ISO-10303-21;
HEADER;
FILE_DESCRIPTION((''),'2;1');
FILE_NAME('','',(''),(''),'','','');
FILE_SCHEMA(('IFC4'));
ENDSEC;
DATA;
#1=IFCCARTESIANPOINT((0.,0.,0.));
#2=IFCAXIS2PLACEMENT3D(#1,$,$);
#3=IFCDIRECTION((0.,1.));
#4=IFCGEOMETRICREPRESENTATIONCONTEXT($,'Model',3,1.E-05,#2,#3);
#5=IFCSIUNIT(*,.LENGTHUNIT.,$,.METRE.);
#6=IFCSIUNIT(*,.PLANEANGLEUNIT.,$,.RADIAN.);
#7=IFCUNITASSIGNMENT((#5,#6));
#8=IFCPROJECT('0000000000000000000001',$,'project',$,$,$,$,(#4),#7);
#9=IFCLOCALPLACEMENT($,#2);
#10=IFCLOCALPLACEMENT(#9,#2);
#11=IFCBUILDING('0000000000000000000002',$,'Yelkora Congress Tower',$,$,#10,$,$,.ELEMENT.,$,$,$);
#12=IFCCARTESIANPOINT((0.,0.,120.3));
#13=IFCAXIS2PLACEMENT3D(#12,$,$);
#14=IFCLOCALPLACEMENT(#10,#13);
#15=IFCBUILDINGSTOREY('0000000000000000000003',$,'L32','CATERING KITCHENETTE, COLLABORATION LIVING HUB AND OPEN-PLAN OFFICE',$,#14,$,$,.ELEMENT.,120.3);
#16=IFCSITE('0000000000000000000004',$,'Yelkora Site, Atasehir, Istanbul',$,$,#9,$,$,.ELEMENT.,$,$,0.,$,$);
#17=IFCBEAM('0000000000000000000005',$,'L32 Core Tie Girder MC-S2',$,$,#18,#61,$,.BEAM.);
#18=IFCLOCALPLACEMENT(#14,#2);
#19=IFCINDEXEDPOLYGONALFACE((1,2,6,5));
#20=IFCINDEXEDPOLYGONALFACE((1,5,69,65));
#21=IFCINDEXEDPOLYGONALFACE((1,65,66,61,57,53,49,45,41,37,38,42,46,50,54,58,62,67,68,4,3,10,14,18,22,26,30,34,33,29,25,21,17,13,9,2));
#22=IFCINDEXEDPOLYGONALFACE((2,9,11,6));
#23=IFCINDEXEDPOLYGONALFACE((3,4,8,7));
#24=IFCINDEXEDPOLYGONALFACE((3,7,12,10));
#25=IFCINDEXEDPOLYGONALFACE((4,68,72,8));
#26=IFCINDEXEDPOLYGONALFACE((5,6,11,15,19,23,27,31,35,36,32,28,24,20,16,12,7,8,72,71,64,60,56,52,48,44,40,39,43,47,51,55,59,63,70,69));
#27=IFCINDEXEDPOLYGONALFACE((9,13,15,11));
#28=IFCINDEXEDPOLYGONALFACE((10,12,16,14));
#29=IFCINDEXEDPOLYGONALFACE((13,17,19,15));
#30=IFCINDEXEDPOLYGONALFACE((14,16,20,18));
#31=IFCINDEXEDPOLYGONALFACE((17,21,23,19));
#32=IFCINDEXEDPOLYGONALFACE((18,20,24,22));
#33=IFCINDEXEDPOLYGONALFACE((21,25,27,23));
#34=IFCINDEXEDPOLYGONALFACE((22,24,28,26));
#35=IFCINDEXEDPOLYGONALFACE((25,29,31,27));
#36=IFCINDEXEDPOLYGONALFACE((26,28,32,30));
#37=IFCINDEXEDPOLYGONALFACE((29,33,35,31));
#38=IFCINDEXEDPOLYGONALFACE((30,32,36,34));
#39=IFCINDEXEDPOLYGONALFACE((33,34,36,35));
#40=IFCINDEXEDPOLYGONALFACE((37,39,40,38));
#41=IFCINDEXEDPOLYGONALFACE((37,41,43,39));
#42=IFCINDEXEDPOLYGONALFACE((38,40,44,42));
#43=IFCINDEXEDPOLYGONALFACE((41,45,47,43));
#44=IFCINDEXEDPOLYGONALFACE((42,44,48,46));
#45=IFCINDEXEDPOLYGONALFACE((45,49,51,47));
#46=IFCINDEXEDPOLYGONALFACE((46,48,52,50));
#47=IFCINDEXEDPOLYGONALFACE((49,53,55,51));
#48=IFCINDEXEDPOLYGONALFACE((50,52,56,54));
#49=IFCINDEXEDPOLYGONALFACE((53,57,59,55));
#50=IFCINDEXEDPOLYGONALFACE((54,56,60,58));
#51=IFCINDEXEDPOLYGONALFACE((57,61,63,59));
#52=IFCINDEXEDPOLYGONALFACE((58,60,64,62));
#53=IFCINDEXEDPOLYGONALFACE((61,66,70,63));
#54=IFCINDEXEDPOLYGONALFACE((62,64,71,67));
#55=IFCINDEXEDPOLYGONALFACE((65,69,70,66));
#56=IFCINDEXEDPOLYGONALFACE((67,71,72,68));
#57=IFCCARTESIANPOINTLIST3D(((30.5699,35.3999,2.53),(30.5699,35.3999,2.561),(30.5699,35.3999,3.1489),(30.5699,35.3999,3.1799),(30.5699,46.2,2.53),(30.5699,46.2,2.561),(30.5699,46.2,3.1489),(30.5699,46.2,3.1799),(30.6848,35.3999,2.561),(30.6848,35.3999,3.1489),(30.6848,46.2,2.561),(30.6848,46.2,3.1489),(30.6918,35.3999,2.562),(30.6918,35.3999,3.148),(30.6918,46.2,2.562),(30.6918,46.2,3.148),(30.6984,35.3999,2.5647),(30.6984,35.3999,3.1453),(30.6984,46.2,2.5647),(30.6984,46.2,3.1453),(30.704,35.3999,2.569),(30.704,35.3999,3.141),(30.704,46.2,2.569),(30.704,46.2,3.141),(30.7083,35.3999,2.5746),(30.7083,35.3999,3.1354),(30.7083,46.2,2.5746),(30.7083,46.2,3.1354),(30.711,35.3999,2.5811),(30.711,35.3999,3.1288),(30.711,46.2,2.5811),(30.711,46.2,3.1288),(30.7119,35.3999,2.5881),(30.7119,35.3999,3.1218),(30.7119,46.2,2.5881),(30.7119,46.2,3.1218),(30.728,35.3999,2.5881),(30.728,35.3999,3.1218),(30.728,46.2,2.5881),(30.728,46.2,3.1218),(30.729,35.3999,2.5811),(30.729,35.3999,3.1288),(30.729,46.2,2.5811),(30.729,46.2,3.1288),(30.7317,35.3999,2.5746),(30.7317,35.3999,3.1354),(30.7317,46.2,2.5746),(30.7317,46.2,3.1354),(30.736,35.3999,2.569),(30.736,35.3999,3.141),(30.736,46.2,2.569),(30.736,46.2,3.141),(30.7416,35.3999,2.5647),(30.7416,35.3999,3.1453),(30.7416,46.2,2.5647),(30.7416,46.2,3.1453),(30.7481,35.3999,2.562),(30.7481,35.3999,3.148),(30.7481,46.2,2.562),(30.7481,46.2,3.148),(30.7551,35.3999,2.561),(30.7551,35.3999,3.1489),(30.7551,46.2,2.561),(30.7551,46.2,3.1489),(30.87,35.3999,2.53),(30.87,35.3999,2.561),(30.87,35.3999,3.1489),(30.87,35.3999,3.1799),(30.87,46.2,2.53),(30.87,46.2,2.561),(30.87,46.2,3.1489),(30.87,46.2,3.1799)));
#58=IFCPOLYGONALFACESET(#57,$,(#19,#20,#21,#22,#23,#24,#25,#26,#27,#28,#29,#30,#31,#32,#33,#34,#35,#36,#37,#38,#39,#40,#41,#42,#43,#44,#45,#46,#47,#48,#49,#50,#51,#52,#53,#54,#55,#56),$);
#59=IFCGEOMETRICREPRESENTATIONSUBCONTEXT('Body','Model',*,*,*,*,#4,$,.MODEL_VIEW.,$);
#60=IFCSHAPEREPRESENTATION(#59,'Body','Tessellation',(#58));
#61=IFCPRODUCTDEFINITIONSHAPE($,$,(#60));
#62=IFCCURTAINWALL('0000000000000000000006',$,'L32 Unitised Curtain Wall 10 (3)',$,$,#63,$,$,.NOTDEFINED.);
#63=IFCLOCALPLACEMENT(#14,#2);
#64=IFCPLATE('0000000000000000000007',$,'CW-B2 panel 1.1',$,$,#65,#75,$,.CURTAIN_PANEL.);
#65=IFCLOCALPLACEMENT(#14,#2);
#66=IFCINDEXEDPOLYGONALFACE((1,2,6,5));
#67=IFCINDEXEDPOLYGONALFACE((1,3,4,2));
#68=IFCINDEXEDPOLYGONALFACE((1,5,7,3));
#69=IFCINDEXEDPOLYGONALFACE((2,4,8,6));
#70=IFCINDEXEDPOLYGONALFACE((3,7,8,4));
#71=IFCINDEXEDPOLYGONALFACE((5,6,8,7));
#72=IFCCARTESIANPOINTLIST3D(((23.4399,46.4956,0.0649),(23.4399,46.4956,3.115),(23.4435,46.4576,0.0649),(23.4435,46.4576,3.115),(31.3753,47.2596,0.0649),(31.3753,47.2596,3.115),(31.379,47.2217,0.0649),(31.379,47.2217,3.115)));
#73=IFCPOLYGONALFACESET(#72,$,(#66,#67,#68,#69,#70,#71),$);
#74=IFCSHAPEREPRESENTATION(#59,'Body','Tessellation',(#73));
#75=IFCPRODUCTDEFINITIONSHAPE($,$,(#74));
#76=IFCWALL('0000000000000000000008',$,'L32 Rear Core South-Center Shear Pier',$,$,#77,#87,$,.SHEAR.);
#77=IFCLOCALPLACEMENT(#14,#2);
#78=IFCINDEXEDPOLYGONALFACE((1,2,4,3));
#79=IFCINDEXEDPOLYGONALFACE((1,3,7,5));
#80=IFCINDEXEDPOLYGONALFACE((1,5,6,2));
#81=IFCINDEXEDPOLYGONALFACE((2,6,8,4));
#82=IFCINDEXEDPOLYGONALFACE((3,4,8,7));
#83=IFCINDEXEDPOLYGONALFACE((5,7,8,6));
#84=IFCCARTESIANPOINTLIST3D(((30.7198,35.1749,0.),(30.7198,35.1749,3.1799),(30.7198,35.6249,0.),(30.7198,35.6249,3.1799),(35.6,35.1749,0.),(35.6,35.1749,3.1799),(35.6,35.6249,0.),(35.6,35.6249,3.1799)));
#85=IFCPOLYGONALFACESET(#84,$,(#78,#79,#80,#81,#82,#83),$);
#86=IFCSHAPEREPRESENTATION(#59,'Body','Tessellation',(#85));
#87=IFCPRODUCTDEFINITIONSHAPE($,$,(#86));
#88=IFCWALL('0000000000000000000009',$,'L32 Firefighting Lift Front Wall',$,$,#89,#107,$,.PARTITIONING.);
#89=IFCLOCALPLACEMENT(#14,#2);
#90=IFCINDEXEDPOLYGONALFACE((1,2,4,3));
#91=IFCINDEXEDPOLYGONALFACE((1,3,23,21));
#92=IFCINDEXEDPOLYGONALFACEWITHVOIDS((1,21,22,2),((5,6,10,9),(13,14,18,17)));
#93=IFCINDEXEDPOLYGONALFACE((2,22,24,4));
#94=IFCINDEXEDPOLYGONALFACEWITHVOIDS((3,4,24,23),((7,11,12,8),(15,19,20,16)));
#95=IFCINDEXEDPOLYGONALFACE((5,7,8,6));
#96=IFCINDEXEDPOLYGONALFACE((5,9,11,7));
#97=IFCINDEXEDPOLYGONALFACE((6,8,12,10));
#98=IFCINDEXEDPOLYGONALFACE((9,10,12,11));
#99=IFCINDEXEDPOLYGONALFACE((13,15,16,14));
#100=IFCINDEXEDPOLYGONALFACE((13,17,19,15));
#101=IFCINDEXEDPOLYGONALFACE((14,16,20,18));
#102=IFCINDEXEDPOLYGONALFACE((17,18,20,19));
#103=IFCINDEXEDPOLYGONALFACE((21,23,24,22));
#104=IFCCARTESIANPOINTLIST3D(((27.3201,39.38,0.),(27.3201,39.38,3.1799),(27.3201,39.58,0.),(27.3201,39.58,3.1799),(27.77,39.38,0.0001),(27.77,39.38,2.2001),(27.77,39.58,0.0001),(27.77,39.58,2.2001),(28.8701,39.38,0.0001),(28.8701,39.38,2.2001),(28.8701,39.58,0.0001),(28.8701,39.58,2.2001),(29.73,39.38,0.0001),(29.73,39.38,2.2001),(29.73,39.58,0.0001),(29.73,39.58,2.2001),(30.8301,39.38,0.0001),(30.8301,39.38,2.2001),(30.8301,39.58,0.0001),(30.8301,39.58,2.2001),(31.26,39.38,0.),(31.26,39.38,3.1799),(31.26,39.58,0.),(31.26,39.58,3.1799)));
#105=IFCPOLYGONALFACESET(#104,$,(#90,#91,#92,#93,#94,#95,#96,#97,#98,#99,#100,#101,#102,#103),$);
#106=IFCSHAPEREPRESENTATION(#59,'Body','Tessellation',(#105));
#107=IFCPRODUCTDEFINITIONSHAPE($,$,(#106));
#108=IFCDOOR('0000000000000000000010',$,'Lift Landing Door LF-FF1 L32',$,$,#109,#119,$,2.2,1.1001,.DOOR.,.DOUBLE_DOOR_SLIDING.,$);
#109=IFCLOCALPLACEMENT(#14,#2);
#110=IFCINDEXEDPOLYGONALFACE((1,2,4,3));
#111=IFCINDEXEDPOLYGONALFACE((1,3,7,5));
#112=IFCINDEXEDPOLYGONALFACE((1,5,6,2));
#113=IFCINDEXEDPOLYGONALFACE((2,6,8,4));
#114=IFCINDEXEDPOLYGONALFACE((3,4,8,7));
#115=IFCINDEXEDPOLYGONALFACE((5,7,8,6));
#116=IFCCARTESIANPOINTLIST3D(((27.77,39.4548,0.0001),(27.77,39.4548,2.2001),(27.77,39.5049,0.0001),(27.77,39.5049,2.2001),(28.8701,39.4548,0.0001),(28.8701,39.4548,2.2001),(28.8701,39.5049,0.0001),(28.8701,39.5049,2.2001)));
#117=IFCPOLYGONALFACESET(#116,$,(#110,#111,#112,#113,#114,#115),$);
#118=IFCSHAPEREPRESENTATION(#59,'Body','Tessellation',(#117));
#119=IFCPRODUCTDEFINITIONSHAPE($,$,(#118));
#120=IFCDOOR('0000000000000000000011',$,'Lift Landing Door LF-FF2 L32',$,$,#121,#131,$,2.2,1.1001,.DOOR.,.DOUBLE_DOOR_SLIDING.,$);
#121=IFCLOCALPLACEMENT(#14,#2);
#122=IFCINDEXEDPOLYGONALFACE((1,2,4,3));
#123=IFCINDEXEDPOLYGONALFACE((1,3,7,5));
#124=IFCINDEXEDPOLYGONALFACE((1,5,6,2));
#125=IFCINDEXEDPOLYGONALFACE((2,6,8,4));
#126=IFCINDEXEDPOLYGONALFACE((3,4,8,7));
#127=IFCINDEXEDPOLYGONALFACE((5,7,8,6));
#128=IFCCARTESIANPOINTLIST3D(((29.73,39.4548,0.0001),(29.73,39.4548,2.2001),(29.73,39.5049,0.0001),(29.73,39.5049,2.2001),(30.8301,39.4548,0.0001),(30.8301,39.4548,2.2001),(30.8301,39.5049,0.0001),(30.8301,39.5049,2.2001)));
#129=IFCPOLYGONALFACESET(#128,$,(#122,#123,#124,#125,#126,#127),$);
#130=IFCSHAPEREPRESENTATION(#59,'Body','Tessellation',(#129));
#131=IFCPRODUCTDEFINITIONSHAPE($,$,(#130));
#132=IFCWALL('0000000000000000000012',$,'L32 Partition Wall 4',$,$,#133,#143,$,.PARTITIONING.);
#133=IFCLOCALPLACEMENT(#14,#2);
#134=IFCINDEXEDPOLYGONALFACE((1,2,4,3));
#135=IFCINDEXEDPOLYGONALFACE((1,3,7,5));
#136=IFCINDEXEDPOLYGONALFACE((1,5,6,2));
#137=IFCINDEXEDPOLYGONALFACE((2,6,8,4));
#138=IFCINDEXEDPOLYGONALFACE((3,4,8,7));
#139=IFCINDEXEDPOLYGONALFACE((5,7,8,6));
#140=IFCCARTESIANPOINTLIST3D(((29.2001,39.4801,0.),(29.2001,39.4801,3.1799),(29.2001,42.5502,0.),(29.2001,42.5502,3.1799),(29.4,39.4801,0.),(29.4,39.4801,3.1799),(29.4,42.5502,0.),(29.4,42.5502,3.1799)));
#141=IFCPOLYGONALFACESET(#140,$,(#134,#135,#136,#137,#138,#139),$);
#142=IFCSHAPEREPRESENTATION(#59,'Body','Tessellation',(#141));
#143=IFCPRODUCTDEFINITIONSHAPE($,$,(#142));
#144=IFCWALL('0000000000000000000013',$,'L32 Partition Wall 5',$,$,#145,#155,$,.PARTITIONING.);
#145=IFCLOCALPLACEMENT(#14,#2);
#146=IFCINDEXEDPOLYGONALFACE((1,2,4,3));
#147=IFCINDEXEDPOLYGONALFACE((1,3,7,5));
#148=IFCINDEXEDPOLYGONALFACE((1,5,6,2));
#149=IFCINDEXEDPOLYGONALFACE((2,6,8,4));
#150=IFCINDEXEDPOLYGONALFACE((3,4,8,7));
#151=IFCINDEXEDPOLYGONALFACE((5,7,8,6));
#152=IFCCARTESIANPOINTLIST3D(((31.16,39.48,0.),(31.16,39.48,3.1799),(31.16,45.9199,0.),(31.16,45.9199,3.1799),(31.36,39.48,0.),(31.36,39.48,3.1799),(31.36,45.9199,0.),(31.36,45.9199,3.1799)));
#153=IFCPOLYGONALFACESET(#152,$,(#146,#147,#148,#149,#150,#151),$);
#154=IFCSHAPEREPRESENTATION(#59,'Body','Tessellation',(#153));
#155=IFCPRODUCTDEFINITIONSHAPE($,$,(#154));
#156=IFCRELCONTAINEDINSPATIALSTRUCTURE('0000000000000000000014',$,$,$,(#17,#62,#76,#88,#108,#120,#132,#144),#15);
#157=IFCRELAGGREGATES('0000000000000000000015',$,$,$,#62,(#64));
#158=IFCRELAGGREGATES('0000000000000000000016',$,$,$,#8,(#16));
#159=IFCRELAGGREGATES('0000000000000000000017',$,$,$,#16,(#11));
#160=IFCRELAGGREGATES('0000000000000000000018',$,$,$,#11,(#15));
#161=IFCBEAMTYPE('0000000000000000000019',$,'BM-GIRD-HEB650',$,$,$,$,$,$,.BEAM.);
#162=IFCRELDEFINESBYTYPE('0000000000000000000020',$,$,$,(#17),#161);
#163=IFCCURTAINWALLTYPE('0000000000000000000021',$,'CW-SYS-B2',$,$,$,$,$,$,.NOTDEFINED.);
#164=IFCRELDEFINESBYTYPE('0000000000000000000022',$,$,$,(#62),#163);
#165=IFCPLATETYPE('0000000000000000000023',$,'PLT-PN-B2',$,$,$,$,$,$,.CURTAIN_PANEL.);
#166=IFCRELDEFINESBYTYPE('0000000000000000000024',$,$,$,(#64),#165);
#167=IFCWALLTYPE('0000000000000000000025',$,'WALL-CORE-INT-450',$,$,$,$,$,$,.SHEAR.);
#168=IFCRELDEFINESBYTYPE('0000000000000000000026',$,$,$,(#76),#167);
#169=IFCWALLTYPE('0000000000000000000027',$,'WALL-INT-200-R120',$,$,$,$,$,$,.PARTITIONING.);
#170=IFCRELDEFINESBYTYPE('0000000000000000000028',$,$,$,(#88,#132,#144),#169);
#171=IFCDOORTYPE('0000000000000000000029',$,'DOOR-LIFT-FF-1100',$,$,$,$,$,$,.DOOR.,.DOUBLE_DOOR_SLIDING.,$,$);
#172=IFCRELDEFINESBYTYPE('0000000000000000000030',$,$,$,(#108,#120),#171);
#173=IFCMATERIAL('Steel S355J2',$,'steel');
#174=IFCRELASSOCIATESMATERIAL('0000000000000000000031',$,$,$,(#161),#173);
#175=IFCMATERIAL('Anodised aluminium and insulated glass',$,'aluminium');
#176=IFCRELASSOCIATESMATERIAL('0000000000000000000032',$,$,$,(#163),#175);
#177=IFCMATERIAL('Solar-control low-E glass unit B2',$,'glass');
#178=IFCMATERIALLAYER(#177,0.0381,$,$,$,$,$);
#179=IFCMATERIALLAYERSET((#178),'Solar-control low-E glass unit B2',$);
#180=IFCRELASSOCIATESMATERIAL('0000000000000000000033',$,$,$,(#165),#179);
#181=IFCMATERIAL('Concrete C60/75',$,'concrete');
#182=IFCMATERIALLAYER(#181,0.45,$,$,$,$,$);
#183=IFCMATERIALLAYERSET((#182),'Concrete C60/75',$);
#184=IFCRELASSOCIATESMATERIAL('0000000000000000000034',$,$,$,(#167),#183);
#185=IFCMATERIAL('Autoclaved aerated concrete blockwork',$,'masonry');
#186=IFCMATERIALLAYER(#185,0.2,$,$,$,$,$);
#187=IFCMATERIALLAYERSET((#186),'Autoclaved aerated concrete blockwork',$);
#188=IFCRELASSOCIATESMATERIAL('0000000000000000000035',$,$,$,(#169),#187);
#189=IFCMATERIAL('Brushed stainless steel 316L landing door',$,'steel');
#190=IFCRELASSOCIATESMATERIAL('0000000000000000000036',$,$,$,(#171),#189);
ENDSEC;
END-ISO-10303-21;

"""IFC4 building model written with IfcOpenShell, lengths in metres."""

from ifc_helpers import new_model, si_unit, direction, frame, frame_2d, origin, origin_2d, place, context, subcontext, project, spatial, rectangle, i_section, extrude, material, layer, layer_set, material_profile, profile_set, type_object, element, fill, aggregate, save


model = new_model("IFC4")

# Units and contexts
model_context = context("Model", 3, precision=1e-05, world=origin(), true_north=direction((0.0, 1.0)))
body_context = subcontext(model_context, "Body", "Model", "MODEL_VIEW")
ifc_project = project(units=[si_unit("LENGTHUNIT", "METRE"), si_unit("PLANEANGLEUNIT", "RADIAN")], contexts=[model_context])

# Site, building, storey
site_placement = place(None, origin())
site = spatial("IfcSite", under=ifc_project, at=site_placement, Name="Yelkora Site, Atasehir, Istanbul", CompositionType="ELEMENT", RefElevation=0.0)
building_placement = place(site_placement, origin())
building = spatial("IfcBuilding", under=site, at=building_placement, Name="Yelkora Congress Tower", CompositionType="ELEMENT")
storey_placement = place(building_placement, frame((0.0, 0.0, 120.3)))
storey = spatial("IfcBuildingStorey", under=building, at=storey_placement, Name="L32", Description="CATERING KITCHENETTE, COLLABORATION LIVING HUB AND OPEN-PLAN OFFICE", CompositionType="ELEMENT", Elevation=120.3)

# Beam
ifc_material_1 = material(Name="Steel S355J2", Category="steel")
ifc_material_profile_1 = material_profile(ifc_material_1, i_section(OverallWidth=0.3, OverallDepth=0.6499, WebThickness=0.0161, FlangeThickness=0.031, FilletRadius=0.0271, at=origin_2d()), Name="HEB 650")
ifc_profile_set_1 = profile_set([ifc_material_profile_1], Name="Steel S355J2")
beam_type = type_object("IfcBeamType", Name="BM-GIRD-HEB650", PredefinedType="BEAM", material=ifc_profile_set_1)
beam_placement = place(storey_placement, frame((30.72, 35.3999, 2.855), z_axis=(0.0, 1.0, 0.0), x_axis=(-1.0, 0.0, 0.0)))
element("IfcBeam", 1, at=beam_placement, inside=storey, type_object=beam_type, Name="L32 Core Tie Girder MC-S2", PredefinedType="BEAM", context=body_context, shape_type="SweptSolid", body=[
    extrude(i_section(OverallWidth=0.3, OverallDepth=0.6499, WebThickness=0.0161, FlangeThickness=0.031, FilletRadius=0.0271, at=origin_2d()), origin(), (0.0, 0.0, 1.0), 10.8),
])

# Curtain wall, plate
ifc_material_2 = material(Name="Anodised aluminium and insulated glass", Category="aluminium")
curtain_wall_type = type_object("IfcCurtainWallType", Name="CW-SYS-B2", PredefinedType="NOTDEFINED", material=ifc_material_2)
curtain_wall_placement = place(storey_placement, origin())
curtain_wall = element("IfcCurtainWall", 2, at=curtain_wall_placement, inside=storey, type_object=curtain_wall_type, Name="L32 Unitised Curtain Wall 10 (3)", PredefinedType="NOTDEFINED")
ifc_material_3 = material(Name="Solar-control low-E glass unit B2", Category="glass")
ifc_layer_1 = layer(ifc_material_3, 0.0381)
ifc_layer_set_1 = layer_set([ifc_layer_1], Name="Solar-control low-E glass unit B2")
plate_type = type_object("IfcPlateType", Name="PLT-PN-B2", PredefinedType="CURTAIN_PANEL", material=ifc_layer_set_1)
plate_placement = place(storey_placement, frame((27.4094, 46.8586, 0.0649), z_axis=(0.0, 0.0, 1.0), x_axis=(0.995396, 0.095844, 0.0)))
plate = element("IfcPlate", 3, at=plate_placement, type_object=plate_type, Name="CW-B2 panel 1.1", PredefinedType="CURTAIN_PANEL", context=body_context, shape_type="SweptSolid", body=[
    extrude(rectangle(XDim=7.9722, YDim=0.0381, at=origin_2d()), origin(), (0.0, 0.0, 1.0), 3.05),
])
aggregate(curtain_wall, [plate])

# Wall
ifc_material_4 = material(Name="Concrete C60/75", Category="concrete")
ifc_layer_2 = layer(ifc_material_4, 0.45)
ifc_layer_set_2 = layer_set([ifc_layer_2], Name="Concrete C60/75")
wall_type_1 = type_object("IfcWallType", Name="WALL-CORE-INT-450", PredefinedType="SHEAR", material=ifc_layer_set_2)
wall_1_placement = place(storey_placement, frame((30.72, 35.3999, 0.0), z_axis=(0.0, 0.0, 1.0), x_axis=(1.0, 0.0, 0.0)))
element("IfcWall", 4, at=wall_1_placement, inside=storey, type_object=wall_type_1, Name="L32 Rear Core South-Center Shear Pier", PredefinedType="SHEAR", context=body_context, shape_type="SweptSolid", body=[
    extrude(rectangle(XDim=4.8801, YDim=0.45, at=frame_2d((2.4399, 0.0))), origin(), (0.0, 0.0, 1.0), 3.1799),
])

# Shared definitions
ifc_material_5 = material(Name="Autoclaved aerated concrete blockwork", Category="masonry")
ifc_layer_3 = layer(ifc_material_5, 0.2)
ifc_layer_set_3 = layer_set([ifc_layer_3], Name="Autoclaved aerated concrete blockwork")
wall_type_2 = type_object("IfcWallType", Name="WALL-INT-200-R120", PredefinedType="PARTITIONING", material=ifc_layer_set_3)

# Wall, openings, doors
wall_2_placement = place(storey_placement, frame((27.3201, 39.48, 0.0), z_axis=(0.0, 0.0, 1.0), x_axis=(1.0, 0.0, 0.0)))
wall_2 = element("IfcWall", 5, at=wall_2_placement, inside=storey, type_object=wall_type_2, Name="L32 Firefighting Lift Front Wall", PredefinedType="PARTITIONING", context=body_context, shape_type="SweptSolid", body=[
    extrude(rectangle(XDim=3.9399, YDim=0.2, at=frame_2d((1.97, 0.0))), origin(), (0.0, 0.0, 1.0), 3.1799),
])
opening_1_placement = place(wall_2_placement, frame((0.45, 0.0, 0.0)))
opening_1 = element("IfcOpeningElement", 6, at=opening_1_placement, cuts=wall_2, PredefinedType="OPENING", context=body_context, shape_type="SweptSolid", body=[
    extrude(rectangle(XDim=1.1001, YDim=2.2, at=frame_2d((0.55, 1.1001))), frame((0.0, 0.1099, 0.0), z_axis=(0.0, -1.0, 0.0), x_axis=(1.0, 0.0, 0.0)), (0.0, 0.0, 1.0), 0.22),
])
opening_2_placement = place(wall_2_placement, frame((2.4099, 0.0, 0.0)))
opening_2 = element("IfcOpeningElement", 7, at=opening_2_placement, cuts=wall_2, PredefinedType="OPENING", context=body_context, shape_type="SweptSolid", body=[
    extrude(rectangle(XDim=1.1001, YDim=2.2, at=frame_2d((0.55, 1.1001))), frame((0.0, 0.1099, 0.0), z_axis=(0.0, -1.0, 0.0), x_axis=(1.0, 0.0, 0.0)), (0.0, 0.0, 1.0), 0.22),
])
ifc_material_6 = material(Name="Brushed stainless steel 316L landing door", Category="steel")
door_type_1 = type_object("IfcDoorType", Name="DOOR-LIFT-FF-1100", OperationType="DOUBLE_DOOR_SLIDING", PredefinedType="DOOR", material=ifc_material_6)
door_1_placement = place(opening_1_placement, origin())
door_1 = element("IfcDoor", 8, at=door_1_placement, inside=storey, type_object=door_type_1, Name="Lift Landing Door LF-FF1 L32", OperationType="DOUBLE_DOOR_SLIDING", OverallHeight=2.2, OverallWidth=1.1001, PredefinedType="DOOR", context=body_context, shape_type="SweptSolid", body=[
    extrude(rectangle(XDim=1.1001, YDim=2.2, at=frame_2d((0.55, 1.1001))), frame((0.0, 0.0249, 0.0), z_axis=(0.0, -1.0, 0.0), x_axis=(1.0, 0.0, 0.0)), (0.0, 0.0, 1.0), 0.05),
])
fill(opening_1, door_1)
door_2_placement = place(opening_2_placement, origin())
door_2 = element("IfcDoor", 9, at=door_2_placement, inside=storey, type_object=door_type_1, Name="Lift Landing Door LF-FF2 L32", OperationType="DOUBLE_DOOR_SLIDING", OverallHeight=2.2, OverallWidth=1.1001, PredefinedType="DOOR", context=body_context, shape_type="SweptSolid", body=[
    extrude(rectangle(XDim=1.1001, YDim=2.2, at=frame_2d((0.55, 1.1001))), frame((0.0, 0.0249, 0.0), z_axis=(0.0, -1.0, 0.0), x_axis=(1.0, 0.0, 0.0)), (0.0, 0.0, 1.0), 0.05),
])
fill(opening_2, door_2)

# Walls
wall_3_placement = place(storey_placement, frame((29.3, 39.48, 0.0), z_axis=(0.0, 0.0, 1.0), x_axis=(0.0, 1.0, 0.0)))
element("IfcWall", 10, at=wall_3_placement, inside=storey, type_object=wall_type_2, Name="L32 Partition Wall 4", PredefinedType="PARTITIONING", context=body_context, shape_type="SweptSolid", body=[
    extrude(rectangle(XDim=3.0701, YDim=0.2, at=frame_2d((1.5352, 0.0))), origin(), (0.0, 0.0, 1.0), 3.1799),
])
wall_4_placement = place(storey_placement, frame((31.26, 39.48, 0.0), z_axis=(0.0, 0.0, 1.0), x_axis=(0.0, 1.0, 0.0)))
element("IfcWall", 11, at=wall_4_placement, inside=storey, type_object=wall_type_2, Name="L32 Partition Wall 5", PredefinedType="PARTITIONING", context=body_context, shape_type="SweptSolid", body=[
    extrude(rectangle(XDim=6.4399, YDim=0.2, at=frame_2d((3.22, 0.0))), origin(), (0.0, 0.0, 1.0), 3.1799),
])

save(model, "model.ifc")
